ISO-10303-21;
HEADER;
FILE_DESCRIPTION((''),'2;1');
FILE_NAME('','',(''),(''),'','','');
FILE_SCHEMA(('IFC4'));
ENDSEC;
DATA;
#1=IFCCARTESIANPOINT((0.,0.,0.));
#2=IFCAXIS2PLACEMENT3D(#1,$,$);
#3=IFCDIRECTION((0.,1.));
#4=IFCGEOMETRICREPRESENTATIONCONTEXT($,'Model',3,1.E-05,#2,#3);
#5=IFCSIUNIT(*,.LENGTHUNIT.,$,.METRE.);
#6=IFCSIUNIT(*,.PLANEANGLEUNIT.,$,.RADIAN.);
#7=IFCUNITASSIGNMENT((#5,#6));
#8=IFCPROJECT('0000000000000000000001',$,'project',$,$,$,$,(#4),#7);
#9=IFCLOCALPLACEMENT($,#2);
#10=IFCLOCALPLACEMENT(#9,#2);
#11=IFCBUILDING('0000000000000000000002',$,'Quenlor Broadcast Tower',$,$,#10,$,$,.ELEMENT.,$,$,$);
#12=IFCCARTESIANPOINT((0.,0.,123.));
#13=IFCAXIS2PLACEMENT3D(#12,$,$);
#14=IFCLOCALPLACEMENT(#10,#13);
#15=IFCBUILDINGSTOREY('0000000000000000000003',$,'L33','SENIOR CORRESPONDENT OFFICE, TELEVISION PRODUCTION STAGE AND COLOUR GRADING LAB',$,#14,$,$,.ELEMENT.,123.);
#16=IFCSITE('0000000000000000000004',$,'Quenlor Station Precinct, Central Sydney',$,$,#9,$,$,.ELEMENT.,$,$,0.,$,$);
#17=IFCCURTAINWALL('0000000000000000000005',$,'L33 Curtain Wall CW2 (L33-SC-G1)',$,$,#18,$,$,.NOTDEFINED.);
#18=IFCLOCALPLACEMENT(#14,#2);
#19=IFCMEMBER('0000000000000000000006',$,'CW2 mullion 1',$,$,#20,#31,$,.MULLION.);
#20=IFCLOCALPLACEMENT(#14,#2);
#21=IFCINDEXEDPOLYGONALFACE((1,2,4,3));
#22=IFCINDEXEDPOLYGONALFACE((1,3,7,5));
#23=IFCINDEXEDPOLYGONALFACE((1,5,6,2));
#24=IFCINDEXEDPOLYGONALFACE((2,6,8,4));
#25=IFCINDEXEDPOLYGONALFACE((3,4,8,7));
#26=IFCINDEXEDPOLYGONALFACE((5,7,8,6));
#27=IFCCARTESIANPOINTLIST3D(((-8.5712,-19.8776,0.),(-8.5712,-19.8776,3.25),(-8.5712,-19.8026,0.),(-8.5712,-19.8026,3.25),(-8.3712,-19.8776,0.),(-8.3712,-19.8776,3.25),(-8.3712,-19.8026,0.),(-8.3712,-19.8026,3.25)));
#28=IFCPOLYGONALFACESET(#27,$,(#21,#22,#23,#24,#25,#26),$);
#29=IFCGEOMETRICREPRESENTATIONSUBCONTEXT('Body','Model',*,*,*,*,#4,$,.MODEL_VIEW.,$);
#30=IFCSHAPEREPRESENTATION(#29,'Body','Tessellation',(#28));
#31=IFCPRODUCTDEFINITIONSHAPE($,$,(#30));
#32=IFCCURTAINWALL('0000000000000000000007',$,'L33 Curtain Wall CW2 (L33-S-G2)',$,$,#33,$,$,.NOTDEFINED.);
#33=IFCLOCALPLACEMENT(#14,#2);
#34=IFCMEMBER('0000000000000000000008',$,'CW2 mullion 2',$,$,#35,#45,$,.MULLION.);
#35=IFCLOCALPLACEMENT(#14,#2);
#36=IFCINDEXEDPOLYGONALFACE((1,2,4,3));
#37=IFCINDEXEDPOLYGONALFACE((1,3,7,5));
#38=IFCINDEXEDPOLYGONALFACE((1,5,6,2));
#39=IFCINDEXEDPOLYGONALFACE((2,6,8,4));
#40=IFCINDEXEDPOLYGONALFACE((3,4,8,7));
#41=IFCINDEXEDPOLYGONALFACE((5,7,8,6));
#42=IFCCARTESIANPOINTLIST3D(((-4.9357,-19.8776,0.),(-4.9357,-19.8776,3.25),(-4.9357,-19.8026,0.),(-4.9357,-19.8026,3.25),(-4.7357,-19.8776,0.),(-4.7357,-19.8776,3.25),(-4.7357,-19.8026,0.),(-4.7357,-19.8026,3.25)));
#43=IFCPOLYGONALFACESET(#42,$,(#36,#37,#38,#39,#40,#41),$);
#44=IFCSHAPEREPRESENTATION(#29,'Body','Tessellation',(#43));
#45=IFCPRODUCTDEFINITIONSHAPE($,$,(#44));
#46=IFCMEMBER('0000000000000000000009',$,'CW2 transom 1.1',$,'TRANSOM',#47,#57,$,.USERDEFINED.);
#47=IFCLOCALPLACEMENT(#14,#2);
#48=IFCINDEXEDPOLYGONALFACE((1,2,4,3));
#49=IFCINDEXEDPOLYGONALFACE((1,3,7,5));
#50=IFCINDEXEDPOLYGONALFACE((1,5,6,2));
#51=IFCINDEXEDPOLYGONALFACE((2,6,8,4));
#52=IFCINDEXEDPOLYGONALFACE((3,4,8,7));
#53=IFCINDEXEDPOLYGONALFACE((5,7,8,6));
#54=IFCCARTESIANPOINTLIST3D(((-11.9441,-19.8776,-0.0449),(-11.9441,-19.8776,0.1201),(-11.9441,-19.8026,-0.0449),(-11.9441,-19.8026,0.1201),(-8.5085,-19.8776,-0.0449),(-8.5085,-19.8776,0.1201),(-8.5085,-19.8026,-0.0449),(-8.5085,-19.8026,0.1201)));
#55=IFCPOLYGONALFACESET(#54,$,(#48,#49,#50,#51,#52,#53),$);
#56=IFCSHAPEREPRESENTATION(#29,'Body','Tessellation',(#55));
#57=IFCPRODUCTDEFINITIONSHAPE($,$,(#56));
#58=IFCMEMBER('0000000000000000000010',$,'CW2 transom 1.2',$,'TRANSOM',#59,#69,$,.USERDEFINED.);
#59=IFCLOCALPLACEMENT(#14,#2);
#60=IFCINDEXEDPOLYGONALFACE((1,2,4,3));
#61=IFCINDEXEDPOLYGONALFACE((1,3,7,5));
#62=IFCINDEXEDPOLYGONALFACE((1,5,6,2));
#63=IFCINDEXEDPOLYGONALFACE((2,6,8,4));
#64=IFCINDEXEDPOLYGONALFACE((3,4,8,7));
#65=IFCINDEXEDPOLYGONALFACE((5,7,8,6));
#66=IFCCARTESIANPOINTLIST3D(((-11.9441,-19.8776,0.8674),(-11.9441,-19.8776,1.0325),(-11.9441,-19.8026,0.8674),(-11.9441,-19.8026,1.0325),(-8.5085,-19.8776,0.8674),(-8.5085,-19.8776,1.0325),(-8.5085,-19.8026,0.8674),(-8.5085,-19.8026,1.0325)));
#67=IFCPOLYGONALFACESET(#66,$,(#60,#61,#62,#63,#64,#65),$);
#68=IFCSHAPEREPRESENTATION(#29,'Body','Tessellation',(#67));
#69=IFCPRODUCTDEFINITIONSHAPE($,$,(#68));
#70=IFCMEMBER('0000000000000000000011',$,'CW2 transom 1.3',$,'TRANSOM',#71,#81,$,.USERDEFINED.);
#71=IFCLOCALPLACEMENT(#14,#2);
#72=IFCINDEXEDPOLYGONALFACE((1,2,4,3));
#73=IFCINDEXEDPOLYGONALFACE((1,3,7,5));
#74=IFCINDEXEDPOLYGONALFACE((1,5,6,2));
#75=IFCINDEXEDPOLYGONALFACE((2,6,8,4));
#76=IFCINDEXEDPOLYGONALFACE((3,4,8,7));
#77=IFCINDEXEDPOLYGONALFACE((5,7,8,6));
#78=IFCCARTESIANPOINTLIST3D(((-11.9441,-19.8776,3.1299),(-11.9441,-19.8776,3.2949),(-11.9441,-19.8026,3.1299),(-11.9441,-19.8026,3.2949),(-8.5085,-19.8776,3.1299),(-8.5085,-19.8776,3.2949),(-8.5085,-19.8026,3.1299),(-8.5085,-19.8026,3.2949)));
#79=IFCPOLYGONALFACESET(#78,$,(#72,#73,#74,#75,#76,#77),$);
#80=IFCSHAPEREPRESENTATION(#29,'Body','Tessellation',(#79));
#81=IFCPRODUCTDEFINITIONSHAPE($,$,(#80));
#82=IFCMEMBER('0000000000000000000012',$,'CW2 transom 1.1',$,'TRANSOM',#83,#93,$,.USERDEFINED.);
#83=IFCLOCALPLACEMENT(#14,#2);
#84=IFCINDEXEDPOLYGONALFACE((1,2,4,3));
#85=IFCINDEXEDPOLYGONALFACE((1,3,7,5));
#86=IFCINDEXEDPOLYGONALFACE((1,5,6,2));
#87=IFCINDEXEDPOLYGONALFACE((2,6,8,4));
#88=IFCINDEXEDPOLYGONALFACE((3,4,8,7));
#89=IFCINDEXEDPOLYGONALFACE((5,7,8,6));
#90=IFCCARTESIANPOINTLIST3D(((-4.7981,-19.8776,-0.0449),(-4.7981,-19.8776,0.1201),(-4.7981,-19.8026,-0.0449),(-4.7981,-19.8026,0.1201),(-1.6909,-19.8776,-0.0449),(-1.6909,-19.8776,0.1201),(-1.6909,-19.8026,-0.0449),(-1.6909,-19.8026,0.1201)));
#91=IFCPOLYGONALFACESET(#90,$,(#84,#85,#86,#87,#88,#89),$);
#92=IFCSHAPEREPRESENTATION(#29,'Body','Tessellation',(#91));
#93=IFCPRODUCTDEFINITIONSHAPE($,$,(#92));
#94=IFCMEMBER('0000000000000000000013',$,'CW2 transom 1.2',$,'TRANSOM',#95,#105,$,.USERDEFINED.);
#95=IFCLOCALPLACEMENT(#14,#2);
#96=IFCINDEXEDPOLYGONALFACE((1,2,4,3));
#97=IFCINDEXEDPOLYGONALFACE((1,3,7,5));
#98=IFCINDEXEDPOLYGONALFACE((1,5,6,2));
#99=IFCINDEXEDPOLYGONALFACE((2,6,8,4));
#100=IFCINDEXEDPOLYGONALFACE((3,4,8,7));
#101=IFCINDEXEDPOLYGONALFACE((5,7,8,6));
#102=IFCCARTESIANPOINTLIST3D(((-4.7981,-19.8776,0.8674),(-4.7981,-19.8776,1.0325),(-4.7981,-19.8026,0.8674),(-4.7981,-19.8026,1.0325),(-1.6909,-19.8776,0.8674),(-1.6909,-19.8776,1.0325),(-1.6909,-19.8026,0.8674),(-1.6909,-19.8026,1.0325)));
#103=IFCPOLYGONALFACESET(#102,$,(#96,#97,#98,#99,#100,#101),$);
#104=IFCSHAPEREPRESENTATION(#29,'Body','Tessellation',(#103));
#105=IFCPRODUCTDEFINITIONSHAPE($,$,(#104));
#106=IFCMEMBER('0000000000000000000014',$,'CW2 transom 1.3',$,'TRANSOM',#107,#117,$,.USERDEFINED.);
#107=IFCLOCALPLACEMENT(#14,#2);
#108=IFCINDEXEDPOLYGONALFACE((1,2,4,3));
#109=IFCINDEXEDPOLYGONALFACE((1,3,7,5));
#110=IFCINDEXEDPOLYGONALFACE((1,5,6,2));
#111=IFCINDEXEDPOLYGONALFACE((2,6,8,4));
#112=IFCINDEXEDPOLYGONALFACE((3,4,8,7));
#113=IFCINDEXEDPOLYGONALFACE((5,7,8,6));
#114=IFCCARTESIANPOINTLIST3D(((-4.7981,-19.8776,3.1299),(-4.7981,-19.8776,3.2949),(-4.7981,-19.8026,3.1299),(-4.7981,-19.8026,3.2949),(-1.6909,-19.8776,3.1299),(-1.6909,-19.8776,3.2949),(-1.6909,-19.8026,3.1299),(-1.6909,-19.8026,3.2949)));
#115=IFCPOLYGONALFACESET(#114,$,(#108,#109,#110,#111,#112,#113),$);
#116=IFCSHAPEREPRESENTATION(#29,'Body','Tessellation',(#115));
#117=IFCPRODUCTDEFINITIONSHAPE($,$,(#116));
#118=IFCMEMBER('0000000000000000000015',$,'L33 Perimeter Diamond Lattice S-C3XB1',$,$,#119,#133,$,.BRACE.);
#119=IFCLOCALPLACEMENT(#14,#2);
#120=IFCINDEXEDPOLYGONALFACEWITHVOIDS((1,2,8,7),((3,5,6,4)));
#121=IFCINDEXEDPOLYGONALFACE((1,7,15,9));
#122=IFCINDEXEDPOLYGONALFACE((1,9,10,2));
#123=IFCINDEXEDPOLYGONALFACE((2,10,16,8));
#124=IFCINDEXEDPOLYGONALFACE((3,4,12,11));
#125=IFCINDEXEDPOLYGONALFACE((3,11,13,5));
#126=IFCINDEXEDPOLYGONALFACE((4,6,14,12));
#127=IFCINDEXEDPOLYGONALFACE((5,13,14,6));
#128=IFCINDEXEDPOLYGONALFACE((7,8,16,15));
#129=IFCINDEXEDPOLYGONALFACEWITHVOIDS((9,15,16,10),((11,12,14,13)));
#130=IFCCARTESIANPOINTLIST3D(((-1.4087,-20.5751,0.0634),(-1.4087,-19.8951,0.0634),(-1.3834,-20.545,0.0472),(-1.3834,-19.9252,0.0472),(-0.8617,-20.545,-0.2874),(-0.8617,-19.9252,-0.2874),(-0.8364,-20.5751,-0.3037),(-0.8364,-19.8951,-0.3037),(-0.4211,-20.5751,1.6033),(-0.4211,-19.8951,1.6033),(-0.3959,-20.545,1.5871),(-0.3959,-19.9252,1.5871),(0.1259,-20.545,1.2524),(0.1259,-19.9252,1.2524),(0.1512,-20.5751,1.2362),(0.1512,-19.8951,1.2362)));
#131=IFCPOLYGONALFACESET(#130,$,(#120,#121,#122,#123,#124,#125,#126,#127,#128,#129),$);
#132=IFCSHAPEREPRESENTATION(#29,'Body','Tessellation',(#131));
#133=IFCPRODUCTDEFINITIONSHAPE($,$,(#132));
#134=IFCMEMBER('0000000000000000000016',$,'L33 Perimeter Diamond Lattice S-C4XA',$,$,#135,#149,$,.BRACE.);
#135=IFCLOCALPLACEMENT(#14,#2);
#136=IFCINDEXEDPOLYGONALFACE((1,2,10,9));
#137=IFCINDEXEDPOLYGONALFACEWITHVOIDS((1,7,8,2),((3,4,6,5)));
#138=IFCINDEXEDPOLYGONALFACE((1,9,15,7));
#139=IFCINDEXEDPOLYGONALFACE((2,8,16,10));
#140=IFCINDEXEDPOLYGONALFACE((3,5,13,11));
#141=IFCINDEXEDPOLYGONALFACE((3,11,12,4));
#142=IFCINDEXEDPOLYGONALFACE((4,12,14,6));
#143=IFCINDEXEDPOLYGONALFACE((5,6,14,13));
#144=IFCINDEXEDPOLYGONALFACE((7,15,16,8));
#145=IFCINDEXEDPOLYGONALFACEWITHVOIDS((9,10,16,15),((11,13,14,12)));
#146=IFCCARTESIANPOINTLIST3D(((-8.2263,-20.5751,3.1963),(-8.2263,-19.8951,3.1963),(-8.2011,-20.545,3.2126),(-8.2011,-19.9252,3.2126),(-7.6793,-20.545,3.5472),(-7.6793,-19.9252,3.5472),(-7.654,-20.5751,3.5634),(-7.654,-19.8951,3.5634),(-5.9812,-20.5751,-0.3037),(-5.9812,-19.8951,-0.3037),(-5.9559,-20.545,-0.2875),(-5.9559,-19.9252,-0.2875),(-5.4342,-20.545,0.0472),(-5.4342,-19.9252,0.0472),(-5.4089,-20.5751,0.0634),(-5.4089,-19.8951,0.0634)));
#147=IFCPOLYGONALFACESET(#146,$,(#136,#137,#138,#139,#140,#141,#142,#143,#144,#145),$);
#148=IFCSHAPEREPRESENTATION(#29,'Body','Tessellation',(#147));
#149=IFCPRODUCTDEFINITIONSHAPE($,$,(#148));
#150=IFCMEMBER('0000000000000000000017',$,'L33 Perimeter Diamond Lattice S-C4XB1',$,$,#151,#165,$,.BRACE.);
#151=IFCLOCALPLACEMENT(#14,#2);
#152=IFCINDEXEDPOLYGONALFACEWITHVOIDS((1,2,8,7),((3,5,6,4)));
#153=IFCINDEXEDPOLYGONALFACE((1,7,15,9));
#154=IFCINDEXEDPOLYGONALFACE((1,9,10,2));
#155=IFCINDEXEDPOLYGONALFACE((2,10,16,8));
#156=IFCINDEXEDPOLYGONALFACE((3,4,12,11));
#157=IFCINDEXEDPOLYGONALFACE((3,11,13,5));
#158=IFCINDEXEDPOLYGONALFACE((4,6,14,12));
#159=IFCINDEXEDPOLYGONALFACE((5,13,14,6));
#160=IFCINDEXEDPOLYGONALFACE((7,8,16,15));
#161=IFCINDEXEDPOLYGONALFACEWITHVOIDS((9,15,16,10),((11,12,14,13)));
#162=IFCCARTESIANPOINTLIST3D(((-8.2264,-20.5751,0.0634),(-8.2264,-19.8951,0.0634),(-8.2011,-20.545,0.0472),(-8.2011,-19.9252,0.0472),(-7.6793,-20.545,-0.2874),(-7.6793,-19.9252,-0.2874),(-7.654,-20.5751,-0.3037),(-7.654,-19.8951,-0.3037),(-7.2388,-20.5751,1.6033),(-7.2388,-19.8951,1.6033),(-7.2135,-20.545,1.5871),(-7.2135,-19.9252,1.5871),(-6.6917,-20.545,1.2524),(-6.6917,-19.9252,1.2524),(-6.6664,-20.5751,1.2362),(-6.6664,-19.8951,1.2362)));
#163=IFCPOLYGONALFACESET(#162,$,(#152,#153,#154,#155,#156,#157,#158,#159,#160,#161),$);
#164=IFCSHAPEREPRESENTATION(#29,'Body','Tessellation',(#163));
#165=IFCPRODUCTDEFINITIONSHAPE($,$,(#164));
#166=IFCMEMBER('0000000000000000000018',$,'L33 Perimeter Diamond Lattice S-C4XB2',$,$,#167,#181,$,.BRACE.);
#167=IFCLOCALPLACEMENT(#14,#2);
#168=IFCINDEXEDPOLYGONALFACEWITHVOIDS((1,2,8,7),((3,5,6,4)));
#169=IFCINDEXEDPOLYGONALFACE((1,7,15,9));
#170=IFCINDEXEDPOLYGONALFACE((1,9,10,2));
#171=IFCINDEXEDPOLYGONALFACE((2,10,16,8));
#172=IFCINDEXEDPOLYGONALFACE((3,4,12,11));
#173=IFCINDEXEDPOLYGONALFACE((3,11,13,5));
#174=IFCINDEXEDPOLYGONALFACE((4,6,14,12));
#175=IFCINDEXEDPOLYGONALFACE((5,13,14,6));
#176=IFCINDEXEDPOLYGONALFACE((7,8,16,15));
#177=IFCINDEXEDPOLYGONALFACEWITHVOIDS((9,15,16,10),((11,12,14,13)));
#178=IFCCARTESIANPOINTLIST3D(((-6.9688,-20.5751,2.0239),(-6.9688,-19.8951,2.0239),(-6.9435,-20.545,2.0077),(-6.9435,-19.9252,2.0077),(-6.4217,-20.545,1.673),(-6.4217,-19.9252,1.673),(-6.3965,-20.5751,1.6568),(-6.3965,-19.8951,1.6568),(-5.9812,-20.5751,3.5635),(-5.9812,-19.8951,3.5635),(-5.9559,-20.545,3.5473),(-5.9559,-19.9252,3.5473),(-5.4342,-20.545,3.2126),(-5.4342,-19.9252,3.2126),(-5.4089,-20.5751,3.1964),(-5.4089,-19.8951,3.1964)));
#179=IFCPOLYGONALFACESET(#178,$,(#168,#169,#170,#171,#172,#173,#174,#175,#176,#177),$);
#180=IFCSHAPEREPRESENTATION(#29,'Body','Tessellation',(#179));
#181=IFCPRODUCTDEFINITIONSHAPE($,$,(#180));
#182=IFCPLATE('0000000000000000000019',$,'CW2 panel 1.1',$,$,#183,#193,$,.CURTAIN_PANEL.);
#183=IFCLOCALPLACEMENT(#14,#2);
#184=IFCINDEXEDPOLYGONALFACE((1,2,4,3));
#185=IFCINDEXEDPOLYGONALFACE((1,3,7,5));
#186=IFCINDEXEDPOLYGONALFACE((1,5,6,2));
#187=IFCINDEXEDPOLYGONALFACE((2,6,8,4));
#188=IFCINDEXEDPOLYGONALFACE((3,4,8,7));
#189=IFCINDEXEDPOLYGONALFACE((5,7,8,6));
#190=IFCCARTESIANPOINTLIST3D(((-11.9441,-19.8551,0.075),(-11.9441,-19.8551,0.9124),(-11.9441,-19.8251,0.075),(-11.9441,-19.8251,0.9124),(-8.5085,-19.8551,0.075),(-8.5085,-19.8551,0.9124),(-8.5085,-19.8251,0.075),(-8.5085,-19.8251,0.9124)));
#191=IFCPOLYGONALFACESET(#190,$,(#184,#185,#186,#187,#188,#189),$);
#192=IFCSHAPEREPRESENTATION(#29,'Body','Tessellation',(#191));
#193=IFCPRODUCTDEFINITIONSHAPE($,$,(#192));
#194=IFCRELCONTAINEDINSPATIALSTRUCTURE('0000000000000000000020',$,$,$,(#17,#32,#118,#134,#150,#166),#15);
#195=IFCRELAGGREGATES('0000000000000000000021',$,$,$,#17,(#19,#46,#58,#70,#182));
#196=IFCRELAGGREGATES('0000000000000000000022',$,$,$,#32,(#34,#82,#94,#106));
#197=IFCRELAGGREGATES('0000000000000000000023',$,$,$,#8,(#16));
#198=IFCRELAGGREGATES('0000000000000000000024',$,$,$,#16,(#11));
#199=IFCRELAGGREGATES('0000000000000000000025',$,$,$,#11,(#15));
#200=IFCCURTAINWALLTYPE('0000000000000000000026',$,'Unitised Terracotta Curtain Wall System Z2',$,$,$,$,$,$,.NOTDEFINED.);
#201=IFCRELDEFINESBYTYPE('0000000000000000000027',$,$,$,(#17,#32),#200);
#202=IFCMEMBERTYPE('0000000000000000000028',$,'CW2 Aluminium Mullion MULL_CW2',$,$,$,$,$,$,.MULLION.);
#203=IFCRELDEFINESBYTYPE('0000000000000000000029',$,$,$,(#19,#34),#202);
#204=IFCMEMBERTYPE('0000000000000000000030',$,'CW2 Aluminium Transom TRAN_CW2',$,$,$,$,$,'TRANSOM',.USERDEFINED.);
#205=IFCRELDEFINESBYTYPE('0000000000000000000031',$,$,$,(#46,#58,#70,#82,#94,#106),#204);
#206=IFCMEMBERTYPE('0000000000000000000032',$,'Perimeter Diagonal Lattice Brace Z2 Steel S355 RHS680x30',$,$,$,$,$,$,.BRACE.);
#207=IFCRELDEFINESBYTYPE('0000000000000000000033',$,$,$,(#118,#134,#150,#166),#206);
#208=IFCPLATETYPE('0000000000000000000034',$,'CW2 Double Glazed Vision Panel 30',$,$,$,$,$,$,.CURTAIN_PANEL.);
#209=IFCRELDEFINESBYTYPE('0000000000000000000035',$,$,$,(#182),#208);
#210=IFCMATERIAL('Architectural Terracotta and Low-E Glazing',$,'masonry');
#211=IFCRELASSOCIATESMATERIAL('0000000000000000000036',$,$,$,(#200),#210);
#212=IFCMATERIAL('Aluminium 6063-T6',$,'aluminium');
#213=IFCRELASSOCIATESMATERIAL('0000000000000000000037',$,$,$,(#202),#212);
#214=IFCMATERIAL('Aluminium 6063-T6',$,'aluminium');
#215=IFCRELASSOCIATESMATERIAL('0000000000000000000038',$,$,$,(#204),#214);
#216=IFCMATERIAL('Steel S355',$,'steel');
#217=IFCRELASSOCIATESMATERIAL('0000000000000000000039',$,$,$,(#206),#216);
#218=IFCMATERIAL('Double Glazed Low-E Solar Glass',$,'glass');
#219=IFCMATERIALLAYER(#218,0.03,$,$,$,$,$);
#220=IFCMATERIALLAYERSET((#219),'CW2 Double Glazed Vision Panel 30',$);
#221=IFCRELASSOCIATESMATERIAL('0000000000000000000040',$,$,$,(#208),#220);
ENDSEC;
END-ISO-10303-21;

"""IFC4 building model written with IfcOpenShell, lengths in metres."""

from ifc_helpers import new_model, si_unit, direction, frame, origin, origin_2d, place, context, subcontext, project, spatial, rectangle, hollow_rectangle, extrude, material, layer, layer_set, material_profile, profile_set, type_object, element, aggregate, save


model = new_model("IFC4")

# Units and contexts
model_context = context("Model", 3, precision=1e-05, world=origin(), true_north=direction((0.0, 1.0)))
body_context = subcontext(model_context, "Body", "Model", "MODEL_VIEW")
ifc_project = project(units=[si_unit("LENGTHUNIT", "METRE"), si_unit("PLANEANGLEUNIT", "RADIAN")], contexts=[model_context])

# Site, building, storey
site_placement = place(None, origin())
site = spatial("IfcSite", under=ifc_project, at=site_placement, Name="Quenlor Station Precinct, Central Sydney", CompositionType="ELEMENT", RefElevation=0.0)
building_placement = place(site_placement, origin())
building = spatial("IfcBuilding", under=site, at=building_placement, Name="Quenlor Broadcast Tower", CompositionType="ELEMENT")
storey_placement = place(building_placement, frame((0.0, 0.0, 123.0)))
storey = spatial("IfcBuildingStorey", under=building, at=storey_placement, Name="L33", Description="SENIOR CORRESPONDENT OFFICE, TELEVISION PRODUCTION STAGE AND COLOUR GRADING LAB", CompositionType="ELEMENT", Elevation=123.0)

# Curtain walls, members
ifc_material_1 = material(Name="Architectural Terracotta and Low-E Glazing", Category="masonry")
curtain_wall_type = type_object("IfcCurtainWallType", Name="Unitised Terracotta Curtain Wall System Z2", PredefinedType="NOTDEFINED", material=ifc_material_1)
curtain_wall_1_placement = place(storey_placement, origin())
curtain_wall_1 = element("IfcCurtainWall", 1, at=curtain_wall_1_placement, inside=storey, type_object=curtain_wall_type, Name="L33 Curtain Wall CW2 (L33-SC-G1)", PredefinedType="NOTDEFINED")
ifc_material_2 = material(Name="Aluminium 6063-T6", Category="aluminium")
ifc_material_profile_1 = material_profile(ifc_material_2, rectangle(XDim=0.075, YDim=0.2, at=origin_2d()))
ifc_profile_set_1 = profile_set([ifc_material_profile_1], Name="Aluminium 6063-T6 MULL75x200")
member_type_1 = type_object("IfcMemberType", Name="CW2 Aluminium Mullion MULL_CW2", PredefinedType="MULLION", material=ifc_profile_set_1)
member_1_placement = place(storey_placement, frame((-8.4712, -19.8401, 0.0), z_axis=(0.0, 0.0, 1.0), x_axis=(0.0, -1.0, 0.0)))
member_1 = element("IfcMember", 2, at=member_1_placement, type_object=member_type_1, Name="CW2 mullion 1", PredefinedType="MULLION", context=body_context, shape_type="SweptSolid", body=[
    extrude(rectangle(XDim=0.075, YDim=0.2, at=origin_2d()), origin(), (0.0, 0.0, 1.0), 3.25),
])
curtain_wall_2_placement = place(storey_placement, origin())
curtain_wall_2 = element("IfcCurtainWall", 3, at=curtain_wall_2_placement, inside=storey, type_object=curtain_wall_type, Name="L33 Curtain Wall CW2 (L33-S-G2)", PredefinedType="NOTDEFINED")
member_2_placement = place(storey_placement, frame((-4.8357, -19.8401, 0.0), z_axis=(0.0, 0.0, 1.0), x_axis=(0.0, -1.0, 0.0)))
member_2 = element("IfcMember", 4, at=member_2_placement, type_object=member_type_1, Name="CW2 mullion 2", PredefinedType="MULLION", context=body_context, shape_type="SweptSolid", body=[
    extrude(rectangle(XDim=0.075, YDim=0.2, at=origin_2d()), origin(), (0.0, 0.0, 1.0), 3.25),
])

# Members
ifc_material_3 = material(Name="Aluminium 6063-T6", Category="aluminium")
ifc_material_profile_2 = material_profile(ifc_material_3, rectangle(XDim=0.075, YDim=0.165, at=origin_2d()))
ifc_profile_set_2 = profile_set([ifc_material_profile_2], Name="Aluminium 6063-T6 TRAN75x165")
member_type_2 = type_object("IfcMemberType", Name="CW2 Aluminium Transom TRAN_CW2", ElementType="TRANSOM", PredefinedType="USERDEFINED", material=ifc_profile_set_2)
member_3_placement = place(storey_placement, frame((-8.5085, -19.8401, 0.0376), z_axis=(-1.0, 0.0, 0.0), x_axis=(0.0, -1.0, 0.0)))
member_3 = element("IfcMember", 5, at=member_3_placement, type_object=member_type_2, Name="CW2 transom 1.1", ObjectType="TRANSOM", PredefinedType="USERDEFINED", context=body_context, shape_type="SweptSolid", body=[
    extrude(rectangle(XDim=0.075, YDim=0.165, at=origin_2d()), origin(), (0.0, 0.0, 1.0), 3.4355),
])
member_4_placement = place(storey_placement, frame((-8.5085, -19.8401, 0.95), z_axis=(-1.0, 0.0, 0.0), x_axis=(0.0, -1.0, 0.0)))
member_4 = element("IfcMember", 6, at=member_4_placement, type_object=member_type_2, Name="CW2 transom 1.2", ObjectType="TRANSOM", PredefinedType="USERDEFINED", context=body_context, shape_type="SweptSolid", body=[
    extrude(rectangle(XDim=0.075, YDim=0.165, at=origin_2d()), origin(), (0.0, 0.0, 1.0), 3.4355),
])
member_5_placement = place(storey_placement, frame((-8.5085, -19.8401, 3.2124), z_axis=(-1.0, 0.0, 0.0), x_axis=(0.0, -1.0, 0.0)))
member_5 = element("IfcMember", 7, at=member_5_placement, type_object=member_type_2, Name="CW2 transom 1.3", ObjectType="TRANSOM", PredefinedType="USERDEFINED", context=body_context, shape_type="SweptSolid", body=[
    extrude(rectangle(XDim=0.075, YDim=0.165, at=origin_2d()), origin(), (0.0, 0.0, 1.0), 3.4355),
])
member_6_placement = place(storey_placement, frame((-1.6909, -19.8401, 0.0376), z_axis=(-1.0, 0.0, 0.0), x_axis=(0.0, -1.0, 0.0)))
member_6 = element("IfcMember", 8, at=member_6_placement, type_object=member_type_2, Name="CW2 transom 1.1", ObjectType="TRANSOM", PredefinedType="USERDEFINED", context=body_context, shape_type="SweptSolid", body=[
    extrude(rectangle(XDim=0.075, YDim=0.165, at=origin_2d()), origin(), (0.0, 0.0, 1.0), 3.1072),
])
member_7_placement = place(storey_placement, frame((-1.6909, -19.8401, 0.95), z_axis=(-1.0, 0.0, 0.0), x_axis=(0.0, -1.0, 0.0)))
member_7 = element("IfcMember", 9, at=member_7_placement, type_object=member_type_2, Name="CW2 transom 1.2", ObjectType="TRANSOM", PredefinedType="USERDEFINED", context=body_context, shape_type="SweptSolid", body=[
    extrude(rectangle(XDim=0.075, YDim=0.165, at=origin_2d()), origin(), (0.0, 0.0, 1.0), 3.1072),
])
member_8_placement = place(storey_placement, frame((-1.6909, -19.8401, 3.2124), z_axis=(-1.0, 0.0, 0.0), x_axis=(0.0, -1.0, 0.0)))
member_8 = element("IfcMember", 10, at=member_8_placement, type_object=member_type_2, Name="CW2 transom 1.3", ObjectType="TRANSOM", PredefinedType="USERDEFINED", context=body_context, shape_type="SweptSolid", body=[
    extrude(rectangle(XDim=0.075, YDim=0.165, at=origin_2d()), origin(), (0.0, 0.0, 1.0), 3.1072),
])

# Members
ifc_material_4 = material(Name="Steel S355", Category="steel")
ifc_material_profile_3 = material_profile(ifc_material_4, hollow_rectangle(XDim=0.6799, YDim=0.6799, WallThickness=0.03, at=origin_2d()))
ifc_profile_set_3 = profile_set([ifc_material_profile_3], Name="Steel S355 RHS680x680x30")
member_type_3 = type_object("IfcMemberType", Name="Perimeter Diagonal Lattice Brace Z2 Steel S355 RHS680x30", PredefinedType="BRACE", material=ifc_profile_set_3)
member_9_placement = place(storey_placement, frame((-1.1226, -20.2351, -0.1201), z_axis=(0.53986, 0.0, 0.841755), x_axis=(0.0, 1.0, 0.0)))
element("IfcMember", 11, at=member_9_placement, inside=storey, type_object=member_type_3, Name="L33 Perimeter Diamond Lattice S-C3XB1", PredefinedType="BRACE", context=body_context, shape_type="SweptSolid", body=[
    extrude(hollow_rectangle(XDim=0.6799, YDim=0.6799, WallThickness=0.03, at=origin_2d()), origin(), (0.0, 0.0, 1.0), 1.8293),
])
member_10_placement = place(storey_placement, frame((-5.6951, -20.2351, -0.1201), z_axis=(-0.539926, 0.0, 0.841712), x_axis=(0.0, -1.0, 0.0)))
element("IfcMember", 12, at=member_10_placement, inside=storey, type_object=member_type_3, Name="L33 Perimeter Diamond Lattice S-C4XA", PredefinedType="BRACE", context=body_context, shape_type="SweptSolid", body=[
    extrude(hollow_rectangle(XDim=0.6799, YDim=0.6799, WallThickness=0.03, at=origin_2d()), origin(), (0.0, 0.0, 1.0), 4.1582),
])
member_11_placement = place(storey_placement, frame((-7.9402, -20.2351, -0.1201), z_axis=(0.53986, 0.0, 0.841755), x_axis=(0.0, 1.0, 0.0)))
element("IfcMember", 13, at=member_11_placement, inside=storey, type_object=member_type_3, Name="L33 Perimeter Diamond Lattice S-C4XB1", PredefinedType="BRACE", context=body_context, shape_type="SweptSolid", body=[
    extrude(hollow_rectangle(XDim=0.6799, YDim=0.6799, WallThickness=0.03, at=origin_2d()), origin(), (0.0, 0.0, 1.0), 1.8293),
])
member_12_placement = place(storey_placement, frame((-6.6826, -20.2351, 1.8403), z_axis=(0.539921, 0.0, 0.841716), x_axis=(0.0, 1.0, 0.0)))
element("IfcMember", 14, at=member_12_placement, inside=storey, type_object=member_type_3, Name="L33 Perimeter Diamond Lattice S-C4XB2", PredefinedType="BRACE", context=body_context, shape_type="SweptSolid", body=[
    extrude(hollow_rectangle(XDim=0.6799, YDim=0.6799, WallThickness=0.03, at=origin_2d()), origin(), (0.0, 0.0, 1.0), 1.8291),
])

# Plate
ifc_material_5 = material(Name="Double Glazed Low-E Solar Glass", Category="glass")
ifc_layer_1 = layer(ifc_material_5, 0.03)
ifc_layer_set_1 = layer_set([ifc_layer_1], Name="CW2 Double Glazed Vision Panel 30")
plate_type_1 = type_object("IfcPlateType", Name="CW2 Double Glazed Vision Panel 30", PredefinedType="CURTAIN_PANEL", material=ifc_layer_set_1)
plate_1_placement = place(storey_placement, frame((-10.2263, -19.8401, 0.075), z_axis=(0.0, 0.0, 1.0), x_axis=(-1.0, 0.0, 0.0)))
plate_1 = element("IfcPlate", 15, at=plate_1_placement, type_object=plate_type_1, Name="CW2 panel 1.1", PredefinedType="CURTAIN_PANEL", context=body_context, shape_type="SweptSolid", body=[
    extrude(rectangle(XDim=3.4355, YDim=0.03, at=origin_2d()), origin(), (0.0, 0.0, 1.0), 0.8374),
])
aggregate(curtain_wall_1, [member_1, member_3, member_4, member_5, plate_1])
aggregate(curtain_wall_2, [member_2, member_6, member_7, member_8])

save(model, "model.ifc")
